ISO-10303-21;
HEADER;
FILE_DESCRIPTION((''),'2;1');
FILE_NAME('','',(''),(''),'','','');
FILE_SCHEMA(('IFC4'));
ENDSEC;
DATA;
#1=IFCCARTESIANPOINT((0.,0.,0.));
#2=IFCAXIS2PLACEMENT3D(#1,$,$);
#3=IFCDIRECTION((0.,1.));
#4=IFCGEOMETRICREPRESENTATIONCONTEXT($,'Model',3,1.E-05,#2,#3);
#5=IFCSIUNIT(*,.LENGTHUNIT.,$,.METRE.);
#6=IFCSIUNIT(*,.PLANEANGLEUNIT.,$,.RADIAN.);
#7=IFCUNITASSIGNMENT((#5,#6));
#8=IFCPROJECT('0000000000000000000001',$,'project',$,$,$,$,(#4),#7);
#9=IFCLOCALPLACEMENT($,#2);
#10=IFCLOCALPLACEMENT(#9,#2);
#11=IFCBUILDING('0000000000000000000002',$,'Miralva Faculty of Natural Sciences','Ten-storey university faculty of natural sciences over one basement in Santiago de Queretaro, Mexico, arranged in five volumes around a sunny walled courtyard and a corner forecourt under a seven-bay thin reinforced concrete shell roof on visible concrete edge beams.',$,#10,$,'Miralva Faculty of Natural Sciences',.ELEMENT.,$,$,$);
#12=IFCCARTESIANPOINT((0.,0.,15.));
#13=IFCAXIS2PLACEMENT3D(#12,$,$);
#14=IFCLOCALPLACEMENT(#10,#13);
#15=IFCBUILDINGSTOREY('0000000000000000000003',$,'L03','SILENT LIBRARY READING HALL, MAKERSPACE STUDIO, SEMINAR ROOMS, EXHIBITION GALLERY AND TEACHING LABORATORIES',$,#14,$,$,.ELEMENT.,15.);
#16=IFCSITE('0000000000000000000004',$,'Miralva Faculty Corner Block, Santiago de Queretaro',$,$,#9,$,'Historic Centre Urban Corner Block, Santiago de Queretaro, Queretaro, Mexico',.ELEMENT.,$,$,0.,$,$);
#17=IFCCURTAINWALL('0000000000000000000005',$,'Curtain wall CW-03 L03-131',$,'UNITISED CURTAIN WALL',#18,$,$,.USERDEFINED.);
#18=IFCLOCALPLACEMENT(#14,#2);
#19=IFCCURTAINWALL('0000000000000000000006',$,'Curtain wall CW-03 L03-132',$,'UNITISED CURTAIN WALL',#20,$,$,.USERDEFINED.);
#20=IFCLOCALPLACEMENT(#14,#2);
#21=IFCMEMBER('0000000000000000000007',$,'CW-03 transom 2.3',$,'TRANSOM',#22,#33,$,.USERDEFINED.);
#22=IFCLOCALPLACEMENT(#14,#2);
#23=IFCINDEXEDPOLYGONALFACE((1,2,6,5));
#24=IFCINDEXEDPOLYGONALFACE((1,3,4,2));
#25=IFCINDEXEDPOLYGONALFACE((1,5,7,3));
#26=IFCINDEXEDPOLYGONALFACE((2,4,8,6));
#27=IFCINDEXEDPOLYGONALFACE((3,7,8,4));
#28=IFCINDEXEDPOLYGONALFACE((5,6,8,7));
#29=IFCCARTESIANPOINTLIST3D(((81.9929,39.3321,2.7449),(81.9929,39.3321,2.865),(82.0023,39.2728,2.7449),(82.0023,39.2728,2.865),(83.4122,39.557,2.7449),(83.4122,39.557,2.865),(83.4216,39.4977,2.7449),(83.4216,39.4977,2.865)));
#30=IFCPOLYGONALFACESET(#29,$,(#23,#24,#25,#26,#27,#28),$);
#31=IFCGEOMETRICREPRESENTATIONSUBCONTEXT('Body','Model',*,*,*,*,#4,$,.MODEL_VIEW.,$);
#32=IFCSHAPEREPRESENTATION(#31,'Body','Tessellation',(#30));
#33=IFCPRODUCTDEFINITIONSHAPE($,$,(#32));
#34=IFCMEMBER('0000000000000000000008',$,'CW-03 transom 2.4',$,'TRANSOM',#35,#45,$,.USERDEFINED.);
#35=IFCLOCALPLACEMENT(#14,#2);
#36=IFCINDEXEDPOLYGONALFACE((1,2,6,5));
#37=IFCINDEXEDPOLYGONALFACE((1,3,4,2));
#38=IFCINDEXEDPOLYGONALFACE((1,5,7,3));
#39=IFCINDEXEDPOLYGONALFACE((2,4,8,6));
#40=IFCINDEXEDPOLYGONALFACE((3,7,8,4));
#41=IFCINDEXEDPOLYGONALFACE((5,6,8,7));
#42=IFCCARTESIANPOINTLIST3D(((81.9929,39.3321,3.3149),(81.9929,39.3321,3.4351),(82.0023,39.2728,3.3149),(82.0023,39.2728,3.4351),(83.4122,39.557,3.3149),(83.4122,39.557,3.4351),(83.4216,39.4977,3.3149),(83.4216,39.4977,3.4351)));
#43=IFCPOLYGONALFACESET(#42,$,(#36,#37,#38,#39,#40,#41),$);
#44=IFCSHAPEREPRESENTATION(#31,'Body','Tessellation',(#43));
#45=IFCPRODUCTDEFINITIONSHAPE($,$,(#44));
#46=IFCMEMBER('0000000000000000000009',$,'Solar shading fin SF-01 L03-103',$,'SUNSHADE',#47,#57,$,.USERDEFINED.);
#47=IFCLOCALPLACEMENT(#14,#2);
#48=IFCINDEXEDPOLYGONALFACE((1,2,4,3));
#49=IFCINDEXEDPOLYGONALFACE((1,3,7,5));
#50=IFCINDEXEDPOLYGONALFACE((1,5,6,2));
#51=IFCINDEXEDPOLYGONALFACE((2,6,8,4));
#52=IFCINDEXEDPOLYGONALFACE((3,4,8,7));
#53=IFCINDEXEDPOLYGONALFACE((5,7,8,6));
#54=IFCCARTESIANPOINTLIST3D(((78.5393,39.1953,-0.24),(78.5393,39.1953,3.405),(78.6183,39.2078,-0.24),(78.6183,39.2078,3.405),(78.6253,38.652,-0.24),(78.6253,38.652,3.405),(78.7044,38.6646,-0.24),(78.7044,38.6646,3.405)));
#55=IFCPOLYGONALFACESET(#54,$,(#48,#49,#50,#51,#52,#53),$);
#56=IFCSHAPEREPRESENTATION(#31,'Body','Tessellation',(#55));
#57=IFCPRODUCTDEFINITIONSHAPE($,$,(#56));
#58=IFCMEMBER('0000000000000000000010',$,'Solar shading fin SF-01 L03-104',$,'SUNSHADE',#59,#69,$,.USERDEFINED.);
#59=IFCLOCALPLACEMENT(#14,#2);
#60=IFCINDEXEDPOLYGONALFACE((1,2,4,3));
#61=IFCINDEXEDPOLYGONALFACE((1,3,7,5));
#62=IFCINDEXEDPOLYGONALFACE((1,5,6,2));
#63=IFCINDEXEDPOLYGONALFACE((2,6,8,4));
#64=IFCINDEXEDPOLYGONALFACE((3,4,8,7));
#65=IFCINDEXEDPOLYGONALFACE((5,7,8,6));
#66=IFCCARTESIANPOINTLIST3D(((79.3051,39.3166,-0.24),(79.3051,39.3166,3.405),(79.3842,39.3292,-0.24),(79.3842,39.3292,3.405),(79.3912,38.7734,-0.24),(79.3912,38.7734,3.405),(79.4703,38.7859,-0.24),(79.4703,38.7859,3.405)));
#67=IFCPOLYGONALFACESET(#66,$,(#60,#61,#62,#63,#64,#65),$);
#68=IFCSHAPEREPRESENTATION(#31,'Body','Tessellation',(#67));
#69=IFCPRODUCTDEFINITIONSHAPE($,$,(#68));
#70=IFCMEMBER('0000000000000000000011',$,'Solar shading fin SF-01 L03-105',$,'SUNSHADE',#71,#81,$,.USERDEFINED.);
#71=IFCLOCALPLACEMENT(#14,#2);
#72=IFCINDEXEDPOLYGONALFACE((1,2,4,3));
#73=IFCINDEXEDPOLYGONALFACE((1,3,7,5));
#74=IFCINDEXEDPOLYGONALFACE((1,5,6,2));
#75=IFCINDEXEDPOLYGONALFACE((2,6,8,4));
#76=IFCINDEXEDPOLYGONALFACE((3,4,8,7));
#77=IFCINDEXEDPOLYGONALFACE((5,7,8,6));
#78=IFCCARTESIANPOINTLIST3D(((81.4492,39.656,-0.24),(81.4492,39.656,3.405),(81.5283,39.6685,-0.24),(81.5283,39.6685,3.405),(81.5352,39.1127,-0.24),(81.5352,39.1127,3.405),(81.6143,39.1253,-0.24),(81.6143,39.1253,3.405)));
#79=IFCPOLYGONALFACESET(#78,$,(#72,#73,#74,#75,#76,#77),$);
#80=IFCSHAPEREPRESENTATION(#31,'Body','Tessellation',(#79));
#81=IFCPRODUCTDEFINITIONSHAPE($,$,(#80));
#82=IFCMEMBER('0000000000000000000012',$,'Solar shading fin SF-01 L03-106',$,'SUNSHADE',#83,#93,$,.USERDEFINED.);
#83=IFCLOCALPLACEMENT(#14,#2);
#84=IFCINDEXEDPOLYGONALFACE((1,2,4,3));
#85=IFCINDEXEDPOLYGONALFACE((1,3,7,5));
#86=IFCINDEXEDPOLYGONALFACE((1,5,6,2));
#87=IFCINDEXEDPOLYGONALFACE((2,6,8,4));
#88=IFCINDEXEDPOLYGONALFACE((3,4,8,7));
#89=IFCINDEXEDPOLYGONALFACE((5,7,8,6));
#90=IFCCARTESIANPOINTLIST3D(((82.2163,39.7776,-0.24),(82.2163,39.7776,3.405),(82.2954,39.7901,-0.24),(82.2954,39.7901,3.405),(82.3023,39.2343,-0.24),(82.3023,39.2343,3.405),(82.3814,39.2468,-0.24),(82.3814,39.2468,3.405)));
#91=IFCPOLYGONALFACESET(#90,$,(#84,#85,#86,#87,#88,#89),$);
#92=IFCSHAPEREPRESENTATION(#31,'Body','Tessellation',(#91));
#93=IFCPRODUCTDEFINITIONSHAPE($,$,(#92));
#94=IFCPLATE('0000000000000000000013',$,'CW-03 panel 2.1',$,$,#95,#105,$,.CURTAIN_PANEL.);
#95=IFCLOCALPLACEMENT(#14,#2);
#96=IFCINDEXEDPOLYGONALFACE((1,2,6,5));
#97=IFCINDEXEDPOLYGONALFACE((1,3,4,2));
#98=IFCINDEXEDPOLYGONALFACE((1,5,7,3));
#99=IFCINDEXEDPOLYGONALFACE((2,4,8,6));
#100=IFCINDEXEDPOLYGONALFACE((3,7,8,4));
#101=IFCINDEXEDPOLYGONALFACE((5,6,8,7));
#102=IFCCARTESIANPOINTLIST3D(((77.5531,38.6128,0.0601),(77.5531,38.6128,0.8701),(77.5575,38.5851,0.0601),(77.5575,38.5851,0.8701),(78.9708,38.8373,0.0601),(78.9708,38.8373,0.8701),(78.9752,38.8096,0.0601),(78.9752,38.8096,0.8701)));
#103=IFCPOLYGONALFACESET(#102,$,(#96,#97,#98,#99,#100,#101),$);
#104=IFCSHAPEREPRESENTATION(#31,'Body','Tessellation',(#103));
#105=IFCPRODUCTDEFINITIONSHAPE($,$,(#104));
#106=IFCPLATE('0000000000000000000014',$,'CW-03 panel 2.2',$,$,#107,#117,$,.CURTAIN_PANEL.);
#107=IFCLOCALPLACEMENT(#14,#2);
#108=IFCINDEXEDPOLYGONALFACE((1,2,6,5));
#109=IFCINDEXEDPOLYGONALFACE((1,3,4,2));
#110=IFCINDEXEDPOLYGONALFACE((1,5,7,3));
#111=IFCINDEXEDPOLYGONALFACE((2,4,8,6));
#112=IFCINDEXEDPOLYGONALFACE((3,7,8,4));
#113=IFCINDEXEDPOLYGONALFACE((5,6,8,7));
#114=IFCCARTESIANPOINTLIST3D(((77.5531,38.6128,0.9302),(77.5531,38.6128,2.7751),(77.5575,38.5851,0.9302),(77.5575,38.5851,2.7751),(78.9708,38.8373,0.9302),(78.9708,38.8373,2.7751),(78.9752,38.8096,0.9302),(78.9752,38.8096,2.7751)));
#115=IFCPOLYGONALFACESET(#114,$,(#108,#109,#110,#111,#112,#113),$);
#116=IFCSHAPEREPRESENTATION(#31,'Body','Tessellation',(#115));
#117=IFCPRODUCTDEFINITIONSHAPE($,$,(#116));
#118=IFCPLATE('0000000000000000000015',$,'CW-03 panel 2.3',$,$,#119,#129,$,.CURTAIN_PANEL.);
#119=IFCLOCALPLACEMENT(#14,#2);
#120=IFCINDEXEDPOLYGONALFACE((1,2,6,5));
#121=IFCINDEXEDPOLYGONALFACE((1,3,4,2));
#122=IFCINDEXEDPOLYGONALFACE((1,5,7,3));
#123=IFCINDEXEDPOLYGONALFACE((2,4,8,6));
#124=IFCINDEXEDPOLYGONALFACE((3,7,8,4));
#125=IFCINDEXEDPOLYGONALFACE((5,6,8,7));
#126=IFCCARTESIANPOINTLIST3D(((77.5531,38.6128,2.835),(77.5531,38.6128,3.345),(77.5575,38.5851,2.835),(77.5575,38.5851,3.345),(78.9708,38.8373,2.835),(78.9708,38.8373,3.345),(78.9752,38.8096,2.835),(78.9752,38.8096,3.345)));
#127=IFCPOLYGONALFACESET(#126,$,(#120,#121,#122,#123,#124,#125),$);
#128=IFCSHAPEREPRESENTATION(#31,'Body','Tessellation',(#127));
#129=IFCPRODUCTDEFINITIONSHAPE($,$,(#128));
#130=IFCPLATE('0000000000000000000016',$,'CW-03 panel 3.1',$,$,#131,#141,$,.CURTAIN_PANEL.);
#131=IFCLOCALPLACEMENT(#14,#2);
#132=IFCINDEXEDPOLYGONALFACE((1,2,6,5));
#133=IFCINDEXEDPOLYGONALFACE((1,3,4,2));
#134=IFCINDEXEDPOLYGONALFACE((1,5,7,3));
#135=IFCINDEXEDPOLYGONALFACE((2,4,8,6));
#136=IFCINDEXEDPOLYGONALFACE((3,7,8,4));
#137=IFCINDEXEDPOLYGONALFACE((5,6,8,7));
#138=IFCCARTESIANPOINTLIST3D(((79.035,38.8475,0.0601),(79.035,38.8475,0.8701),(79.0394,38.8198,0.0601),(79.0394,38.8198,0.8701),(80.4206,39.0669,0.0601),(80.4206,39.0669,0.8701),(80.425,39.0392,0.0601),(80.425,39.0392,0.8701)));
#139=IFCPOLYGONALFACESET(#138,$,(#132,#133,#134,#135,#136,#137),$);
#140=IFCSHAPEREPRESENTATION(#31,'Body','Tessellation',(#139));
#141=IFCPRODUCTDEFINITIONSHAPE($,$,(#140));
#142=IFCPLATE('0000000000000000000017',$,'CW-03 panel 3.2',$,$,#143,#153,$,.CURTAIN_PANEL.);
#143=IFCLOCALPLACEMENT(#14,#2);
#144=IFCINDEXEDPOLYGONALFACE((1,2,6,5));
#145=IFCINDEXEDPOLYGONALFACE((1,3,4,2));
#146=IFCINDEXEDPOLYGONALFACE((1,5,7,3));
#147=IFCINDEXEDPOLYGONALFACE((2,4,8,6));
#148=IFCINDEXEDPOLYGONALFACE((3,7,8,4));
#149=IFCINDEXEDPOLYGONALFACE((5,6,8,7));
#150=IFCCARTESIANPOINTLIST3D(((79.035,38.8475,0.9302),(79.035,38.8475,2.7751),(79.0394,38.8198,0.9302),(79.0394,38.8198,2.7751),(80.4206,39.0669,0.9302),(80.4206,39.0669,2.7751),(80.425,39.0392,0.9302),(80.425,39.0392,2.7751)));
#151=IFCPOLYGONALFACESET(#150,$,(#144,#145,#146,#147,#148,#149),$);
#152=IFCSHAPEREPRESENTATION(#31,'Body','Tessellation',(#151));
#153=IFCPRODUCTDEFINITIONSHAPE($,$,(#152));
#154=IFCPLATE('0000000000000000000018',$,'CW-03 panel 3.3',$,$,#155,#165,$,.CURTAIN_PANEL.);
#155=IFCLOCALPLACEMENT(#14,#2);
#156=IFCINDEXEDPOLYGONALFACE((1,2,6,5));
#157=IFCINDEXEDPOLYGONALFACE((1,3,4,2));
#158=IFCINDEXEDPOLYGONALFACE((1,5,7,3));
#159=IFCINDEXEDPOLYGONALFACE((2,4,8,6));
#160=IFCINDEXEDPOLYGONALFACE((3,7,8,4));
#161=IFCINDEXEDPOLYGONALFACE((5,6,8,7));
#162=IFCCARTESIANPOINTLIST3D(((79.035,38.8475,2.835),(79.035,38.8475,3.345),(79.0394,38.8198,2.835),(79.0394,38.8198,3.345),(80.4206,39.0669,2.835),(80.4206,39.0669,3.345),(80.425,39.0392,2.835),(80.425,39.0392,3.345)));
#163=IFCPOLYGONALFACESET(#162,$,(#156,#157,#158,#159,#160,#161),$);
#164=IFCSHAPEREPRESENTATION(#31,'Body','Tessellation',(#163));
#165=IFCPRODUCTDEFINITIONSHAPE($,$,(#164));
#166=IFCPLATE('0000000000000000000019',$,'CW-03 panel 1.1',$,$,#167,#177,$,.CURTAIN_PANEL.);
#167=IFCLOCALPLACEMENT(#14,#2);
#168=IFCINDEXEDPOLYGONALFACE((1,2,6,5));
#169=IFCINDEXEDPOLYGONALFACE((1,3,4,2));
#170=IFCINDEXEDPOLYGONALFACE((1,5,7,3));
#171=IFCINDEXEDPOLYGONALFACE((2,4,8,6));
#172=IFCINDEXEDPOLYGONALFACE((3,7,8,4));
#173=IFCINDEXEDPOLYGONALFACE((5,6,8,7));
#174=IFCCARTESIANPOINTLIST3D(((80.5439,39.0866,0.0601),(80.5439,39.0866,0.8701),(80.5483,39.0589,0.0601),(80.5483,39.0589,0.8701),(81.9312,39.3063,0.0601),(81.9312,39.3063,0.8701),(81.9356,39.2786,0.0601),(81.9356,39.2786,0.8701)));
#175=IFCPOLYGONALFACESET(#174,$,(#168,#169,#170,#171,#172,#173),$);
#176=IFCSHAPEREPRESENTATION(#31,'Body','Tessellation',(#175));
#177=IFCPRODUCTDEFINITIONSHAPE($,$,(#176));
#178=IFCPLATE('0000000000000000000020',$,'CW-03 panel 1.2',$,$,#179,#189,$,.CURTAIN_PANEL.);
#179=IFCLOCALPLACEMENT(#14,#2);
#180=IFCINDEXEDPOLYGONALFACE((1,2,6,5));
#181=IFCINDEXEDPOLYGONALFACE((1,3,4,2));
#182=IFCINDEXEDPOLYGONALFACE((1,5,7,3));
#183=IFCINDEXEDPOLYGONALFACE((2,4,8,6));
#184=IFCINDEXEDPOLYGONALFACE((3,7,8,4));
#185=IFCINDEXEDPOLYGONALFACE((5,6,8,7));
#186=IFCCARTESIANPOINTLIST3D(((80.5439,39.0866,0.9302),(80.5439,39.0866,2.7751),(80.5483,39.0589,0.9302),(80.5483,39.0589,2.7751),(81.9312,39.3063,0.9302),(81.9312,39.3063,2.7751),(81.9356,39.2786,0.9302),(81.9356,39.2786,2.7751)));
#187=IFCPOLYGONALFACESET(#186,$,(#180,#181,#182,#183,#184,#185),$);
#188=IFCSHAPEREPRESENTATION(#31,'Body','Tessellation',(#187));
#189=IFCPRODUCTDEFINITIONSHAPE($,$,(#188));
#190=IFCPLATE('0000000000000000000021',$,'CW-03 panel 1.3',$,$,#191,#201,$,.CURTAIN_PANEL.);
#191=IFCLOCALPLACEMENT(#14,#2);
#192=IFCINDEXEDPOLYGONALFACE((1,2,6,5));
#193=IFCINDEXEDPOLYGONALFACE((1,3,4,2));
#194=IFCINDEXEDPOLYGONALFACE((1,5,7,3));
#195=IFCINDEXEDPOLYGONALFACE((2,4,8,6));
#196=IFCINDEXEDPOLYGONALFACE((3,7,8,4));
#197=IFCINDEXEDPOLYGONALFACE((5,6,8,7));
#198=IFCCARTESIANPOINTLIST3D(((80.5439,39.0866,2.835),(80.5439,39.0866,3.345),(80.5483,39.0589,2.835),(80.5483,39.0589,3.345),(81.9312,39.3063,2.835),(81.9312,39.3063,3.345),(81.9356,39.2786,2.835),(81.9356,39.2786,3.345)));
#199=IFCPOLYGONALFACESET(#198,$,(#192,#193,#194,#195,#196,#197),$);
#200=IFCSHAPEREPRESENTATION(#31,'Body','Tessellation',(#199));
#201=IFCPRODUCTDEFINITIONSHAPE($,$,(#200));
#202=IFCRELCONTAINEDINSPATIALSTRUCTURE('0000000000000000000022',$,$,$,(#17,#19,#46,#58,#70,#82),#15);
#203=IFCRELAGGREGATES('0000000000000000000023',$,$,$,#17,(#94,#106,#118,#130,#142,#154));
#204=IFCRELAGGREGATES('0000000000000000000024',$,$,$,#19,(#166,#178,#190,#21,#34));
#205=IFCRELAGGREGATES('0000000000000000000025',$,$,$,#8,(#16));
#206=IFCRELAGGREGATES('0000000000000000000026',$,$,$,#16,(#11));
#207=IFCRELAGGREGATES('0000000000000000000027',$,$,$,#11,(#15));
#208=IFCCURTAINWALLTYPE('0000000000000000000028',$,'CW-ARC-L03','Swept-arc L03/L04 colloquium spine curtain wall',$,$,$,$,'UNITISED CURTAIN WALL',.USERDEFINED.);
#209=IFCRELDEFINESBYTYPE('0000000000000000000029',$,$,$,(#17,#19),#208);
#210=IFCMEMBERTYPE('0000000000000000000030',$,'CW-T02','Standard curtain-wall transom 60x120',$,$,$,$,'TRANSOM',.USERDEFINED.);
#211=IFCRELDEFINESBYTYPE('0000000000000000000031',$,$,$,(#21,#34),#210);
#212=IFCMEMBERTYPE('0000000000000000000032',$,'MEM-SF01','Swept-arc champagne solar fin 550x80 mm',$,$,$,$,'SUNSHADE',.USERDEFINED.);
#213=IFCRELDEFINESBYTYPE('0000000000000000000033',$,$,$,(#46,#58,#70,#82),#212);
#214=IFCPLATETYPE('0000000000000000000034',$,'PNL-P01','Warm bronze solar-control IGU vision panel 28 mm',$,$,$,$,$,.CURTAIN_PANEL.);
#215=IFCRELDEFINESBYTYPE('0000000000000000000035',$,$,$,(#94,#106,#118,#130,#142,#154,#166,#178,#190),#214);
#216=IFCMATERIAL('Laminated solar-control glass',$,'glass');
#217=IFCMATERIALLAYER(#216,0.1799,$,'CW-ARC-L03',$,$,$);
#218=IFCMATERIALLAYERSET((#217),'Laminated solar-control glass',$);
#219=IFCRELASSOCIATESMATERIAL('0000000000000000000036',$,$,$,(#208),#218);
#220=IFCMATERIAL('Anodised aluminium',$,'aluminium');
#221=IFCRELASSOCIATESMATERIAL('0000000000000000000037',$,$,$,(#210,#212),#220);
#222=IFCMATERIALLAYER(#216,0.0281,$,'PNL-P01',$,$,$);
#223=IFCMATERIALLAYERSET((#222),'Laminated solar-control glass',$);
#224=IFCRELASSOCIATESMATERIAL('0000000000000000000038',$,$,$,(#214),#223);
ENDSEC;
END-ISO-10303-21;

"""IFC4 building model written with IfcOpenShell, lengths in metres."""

from ifc_helpers import new_model, si_unit, direction, frame, origin, origin_2d, place, context, subcontext, project, spatial, rectangle, extrude, material, layer, layer_set, material_profile, profile_set, type_object, element, aggregate, save


model = new_model("IFC4")

# Units and contexts
model_context = context("Model", 3, precision=1e-05, world=origin(), true_north=direction((0.0, 1.0)))
body_context = subcontext(model_context, "Body", "Model", "MODEL_VIEW")
ifc_project = project(units=[si_unit("LENGTHUNIT", "METRE"), si_unit("PLANEANGLEUNIT", "RADIAN")], contexts=[model_context])

# Site, building, storey
site_placement = place(None, origin())
site = spatial("IfcSite", under=ifc_project, at=site_placement, Name="Miralva Faculty Corner Block, Santiago de Queretaro", LongName="Historic Centre Urban Corner Block, Santiago de Queretaro, Queretaro, Mexico", CompositionType="ELEMENT", RefElevation=0.0)
building_placement = place(site_placement, origin())
building = spatial("IfcBuilding", under=site, at=building_placement, Name="Miralva Faculty of Natural Sciences", Description="Ten-storey university faculty of natural sciences over one basement in Santiago de Queretaro, Mexico, arranged in five volumes around a sunny walled courtyard and a corner forecourt under a seven-bay thin reinforced concrete shell roof on visible concrete edge beams.", LongName="Miralva Faculty of Natural Sciences", CompositionType="ELEMENT")
storey_placement = place(building_placement, frame((0.0, 0.0, 15.0)))
storey = spatial("IfcBuildingStorey", under=building, at=storey_placement, Name="L03", Description="SILENT LIBRARY READING HALL, MAKERSPACE STUDIO, SEMINAR ROOMS, EXHIBITION GALLERY AND TEACHING LABORATORIES", CompositionType="ELEMENT", Elevation=15.0)

# Curtain walls
ifc_material_1 = material(Name="Laminated solar-control glass", Category="glass")
ifc_layer_1 = layer(ifc_material_1, 0.1799, Name="CW-ARC-L03")
ifc_layer_set_1 = layer_set([ifc_layer_1], Name="Laminated solar-control glass")
curtain_wall_type = type_object("IfcCurtainWallType", Name="CW-ARC-L03", Description="Swept-arc L03/L04 colloquium spine curtain wall", ElementType="UNITISED CURTAIN WALL", PredefinedType="USERDEFINED", material=ifc_layer_set_1)
curtain_wall_1_placement = place(storey_placement, origin())
curtain_wall_1 = element("IfcCurtainWall", 1, at=curtain_wall_1_placement, inside=storey, type_object=curtain_wall_type, Name="Curtain wall CW-03 L03-131", ObjectType="UNITISED CURTAIN WALL", PredefinedType="USERDEFINED")
ifc_material_2 = material(Name="Anodised aluminium", Category="aluminium")
curtain_wall_2_placement = place(storey_placement, origin())
curtain_wall_2 = element("IfcCurtainWall", 2, at=curtain_wall_2_placement, inside=storey, type_object=curtain_wall_type, Name="Curtain wall CW-03 L03-132", ObjectType="UNITISED CURTAIN WALL", PredefinedType="USERDEFINED")

# Members
ifc_material_profile_1 = material_profile(ifc_material_2, rectangle(XDim=0.0601, YDim=0.1201, at=origin_2d()), Name="TRANSOM 60x120")
ifc_profile_set_1 = profile_set([ifc_material_profile_1], Name="Anodised aluminium")
member_type_1 = type_object("IfcMemberType", Name="CW-T02", Description="Standard curtain-wall transom 60x120", ElementType="TRANSOM", PredefinedType="USERDEFINED", material=ifc_profile_set_1)
member_1_placement = place(storey_placement, frame((81.9976, 39.3025, 2.8049), z_axis=(0.987684, 0.15646, 0.0), x_axis=(-0.15646, 0.987684, 0.0)))
member_1 = element("IfcMember", 3, at=member_1_placement, type_object=member_type_1, Name="CW-03 transom 2.3", ObjectType="TRANSOM", PredefinedType="USERDEFINED", context=body_context, shape_type="SweptSolid", body=[
    extrude(rectangle(XDim=0.0601, YDim=0.1201, at=origin_2d()), origin(), (0.0, 0.0, 1.0), 1.437),
])
member_2_placement = place(storey_placement, frame((81.9976, 39.3025, 3.375), z_axis=(0.987684, 0.15646, 0.0), x_axis=(-0.15646, 0.987684, 0.0)))
member_2 = element("IfcMember", 4, at=member_2_placement, type_object=member_type_1, Name="CW-03 transom 2.4", ObjectType="TRANSOM", PredefinedType="USERDEFINED", context=body_context, shape_type="SweptSolid", body=[
    extrude(rectangle(XDim=0.0601, YDim=0.1201, at=origin_2d()), origin(), (0.0, 0.0, 1.0), 1.437),
])

# Members
ifc_material_profile_2 = material_profile(ifc_material_2, rectangle(XDim=0.0801, YDim=0.55, at=origin_2d()), Name="FIN 550x80")
ifc_profile_set_2 = profile_set([ifc_material_profile_2], Name="Anodised aluminium")
member_type_2 = type_object("IfcMemberType", Name="MEM-SF01", Description="Swept-arc champagne solar fin 550x80 mm", ElementType="SUNSHADE", PredefinedType="USERDEFINED", material=ifc_profile_set_2)
for number, where, z_axis, x_axis, name in (
    (5, (78.6218, 38.9299, -0.24), (0.0, 0.0, 1.0), (-0.987688, -0.156434, 0.0), "Solar shading fin SF-01 L03-103"),
    (6, (79.3877, 39.0513, -0.24), (0.0, 0.0, 1.0), (-0.987688, -0.156434, 0.0), "Solar shading fin SF-01 L03-104"),
    (7, (81.5317, 39.3906, -0.24), (0.0, 0.0, 1.0), (-0.987688, -0.156434, 0.0), "Solar shading fin SF-01 L03-105"),
    (8, (82.2988, 39.5122, -0.24), (0.0, 0.0, 1.0), (-0.987688, -0.156434, 0.0), "Solar shading fin SF-01 L03-106"),
):
    element("IfcMember", number, at=place(storey_placement, frame(where, z_axis=z_axis, x_axis=x_axis)), inside=storey, type_object=member_type_2, Name=name, ObjectType="SUNSHADE", PredefinedType="USERDEFINED", context=body_context, shape_type="SweptSolid", body=[
        extrude(rectangle(XDim=0.0801, YDim=0.55, at=origin_2d()), origin(), (0.0, 0.0, 1.0), 3.645),
    ])

# Plates
ifc_layer_2 = layer(ifc_material_1, 0.0281, Name="PNL-P01")
ifc_layer_set_2 = layer_set([ifc_layer_2], Name="Laminated solar-control glass")
plate_type = type_object("IfcPlateType", Name="PNL-P01", Description="Warm bronze solar-control IGU vision panel 28 mm", PredefinedType="CURTAIN_PANEL", material=ifc_layer_set_2)
plate_1_placement = place(storey_placement, frame((78.2642, 38.7112, 0.0601), z_axis=(0.0, 0.0, 1.0), x_axis=(0.987689, 0.156431, 0.0)))
plate_1 = element("IfcPlate", 9, at=plate_1_placement, type_object=plate_type, Name="CW-03 panel 2.1", PredefinedType="CURTAIN_PANEL", context=body_context, shape_type="SweptSolid", body=[
    extrude(rectangle(XDim=1.4353, YDim=0.0281, at=origin_2d()), origin(), (0.0, 0.0, 1.0), 0.8101),
])
plate_2_placement = place(storey_placement, frame((78.2642, 38.7112, 0.9302), z_axis=(0.0, 0.0, 1.0), x_axis=(0.987689, 0.156431, 0.0)))
plate_2 = element("IfcPlate", 10, at=plate_2_placement, type_object=plate_type, Name="CW-03 panel 2.2", PredefinedType="CURTAIN_PANEL", context=body_context, shape_type="SweptSolid", body=[
    extrude(rectangle(XDim=1.4353, YDim=0.0281, at=origin_2d()), origin(), (0.0, 0.0, 1.0), 1.845),
])
plate_3_placement = place(storey_placement, frame((78.2642, 38.7112, 2.835), z_axis=(0.0, 0.0, 1.0), x_axis=(0.987689, 0.156431, 0.0)))
plate_3 = element("IfcPlate", 11, at=plate_3_placement, type_object=plate_type, Name="CW-03 panel 2.3", PredefinedType="CURTAIN_PANEL", context=body_context, shape_type="SweptSolid", body=[
    extrude(rectangle(XDim=1.4353, YDim=0.0281, at=origin_2d()), origin(), (0.0, 0.0, 1.0), 0.51),
])
plate_4_placement = place(storey_placement, frame((79.73, 38.9434, 0.0601), z_axis=(0.0, 0.0, 1.0), x_axis=(0.987689, 0.156431, 0.0)))
plate_4 = element("IfcPlate", 12, at=plate_4_placement, type_object=plate_type, Name="CW-03 panel 3.1", PredefinedType="CURTAIN_PANEL", context=body_context, shape_type="SweptSolid", body=[
    extrude(rectangle(XDim=1.4028, YDim=0.0281, at=origin_2d()), origin(), (0.0, 0.0, 1.0), 0.8101),
])
plate_5_placement = place(storey_placement, frame((79.73, 38.9434, 0.9302), z_axis=(0.0, 0.0, 1.0), x_axis=(0.987689, 0.156431, 0.0)))
plate_5 = element("IfcPlate", 13, at=plate_5_placement, type_object=plate_type, Name="CW-03 panel 3.2", PredefinedType="CURTAIN_PANEL", context=body_context, shape_type="SweptSolid", body=[
    extrude(rectangle(XDim=1.4028, YDim=0.0281, at=origin_2d()), origin(), (0.0, 0.0, 1.0), 1.845),
])
plate_6_placement = place(storey_placement, frame((79.73, 38.9434, 2.835), z_axis=(0.0, 0.0, 1.0), x_axis=(0.987689, 0.156431, 0.0)))
plate_6 = element("IfcPlate", 14, at=plate_6_placement, type_object=plate_type, Name="CW-03 panel 3.3", PredefinedType="CURTAIN_PANEL", context=body_context, shape_type="SweptSolid", body=[
    extrude(rectangle(XDim=1.4028, YDim=0.0281, at=origin_2d()), origin(), (0.0, 0.0, 1.0), 0.51),
])
aggregate(curtain_wall_1, [plate_1, plate_2, plate_3, plate_4, plate_5, plate_6])
plate_7_placement = place(storey_placement, frame((81.2397, 39.1826, 0.0601), z_axis=(0.0, 0.0, 1.0), x_axis=(0.987691, 0.156415, 0.0)))
plate_7 = element("IfcPlate", 15, at=plate_7_placement, type_object=plate_type, Name="CW-03 panel 1.1", PredefinedType="CURTAIN_PANEL", context=body_context, shape_type="SweptSolid", body=[
    extrude(rectangle(XDim=1.4045, YDim=0.0281, at=origin_2d()), origin(), (0.0, 0.0, 1.0), 0.8101),
])
plate_8_placement = place(storey_placement, frame((81.2397, 39.1826, 0.9302), z_axis=(0.0, 0.0, 1.0), x_axis=(0.987691, 0.156415, 0.0)))
plate_8 = element("IfcPlate", 16, at=plate_8_placement, type_object=plate_type, Name="CW-03 panel 1.2", PredefinedType="CURTAIN_PANEL", context=body_context, shape_type="SweptSolid", body=[
    extrude(rectangle(XDim=1.4045, YDim=0.0281, at=origin_2d()), origin(), (0.0, 0.0, 1.0), 1.845),
])
plate_9_placement = place(storey_placement, frame((81.2397, 39.1826, 2.835), z_axis=(0.0, 0.0, 1.0), x_axis=(0.987691, 0.156415, 0.0)))
plate_9 = element("IfcPlate", 17, at=plate_9_placement, type_object=plate_type, Name="CW-03 panel 1.3", PredefinedType="CURTAIN_PANEL", context=body_context, shape_type="SweptSolid", body=[
    extrude(rectangle(XDim=1.4045, YDim=0.0281, at=origin_2d()), origin(), (0.0, 0.0, 1.0), 0.51),
])
aggregate(curtain_wall_2, [plate_7, plate_8, plate_9, member_1, member_2])

save(model, "model.ifc")
